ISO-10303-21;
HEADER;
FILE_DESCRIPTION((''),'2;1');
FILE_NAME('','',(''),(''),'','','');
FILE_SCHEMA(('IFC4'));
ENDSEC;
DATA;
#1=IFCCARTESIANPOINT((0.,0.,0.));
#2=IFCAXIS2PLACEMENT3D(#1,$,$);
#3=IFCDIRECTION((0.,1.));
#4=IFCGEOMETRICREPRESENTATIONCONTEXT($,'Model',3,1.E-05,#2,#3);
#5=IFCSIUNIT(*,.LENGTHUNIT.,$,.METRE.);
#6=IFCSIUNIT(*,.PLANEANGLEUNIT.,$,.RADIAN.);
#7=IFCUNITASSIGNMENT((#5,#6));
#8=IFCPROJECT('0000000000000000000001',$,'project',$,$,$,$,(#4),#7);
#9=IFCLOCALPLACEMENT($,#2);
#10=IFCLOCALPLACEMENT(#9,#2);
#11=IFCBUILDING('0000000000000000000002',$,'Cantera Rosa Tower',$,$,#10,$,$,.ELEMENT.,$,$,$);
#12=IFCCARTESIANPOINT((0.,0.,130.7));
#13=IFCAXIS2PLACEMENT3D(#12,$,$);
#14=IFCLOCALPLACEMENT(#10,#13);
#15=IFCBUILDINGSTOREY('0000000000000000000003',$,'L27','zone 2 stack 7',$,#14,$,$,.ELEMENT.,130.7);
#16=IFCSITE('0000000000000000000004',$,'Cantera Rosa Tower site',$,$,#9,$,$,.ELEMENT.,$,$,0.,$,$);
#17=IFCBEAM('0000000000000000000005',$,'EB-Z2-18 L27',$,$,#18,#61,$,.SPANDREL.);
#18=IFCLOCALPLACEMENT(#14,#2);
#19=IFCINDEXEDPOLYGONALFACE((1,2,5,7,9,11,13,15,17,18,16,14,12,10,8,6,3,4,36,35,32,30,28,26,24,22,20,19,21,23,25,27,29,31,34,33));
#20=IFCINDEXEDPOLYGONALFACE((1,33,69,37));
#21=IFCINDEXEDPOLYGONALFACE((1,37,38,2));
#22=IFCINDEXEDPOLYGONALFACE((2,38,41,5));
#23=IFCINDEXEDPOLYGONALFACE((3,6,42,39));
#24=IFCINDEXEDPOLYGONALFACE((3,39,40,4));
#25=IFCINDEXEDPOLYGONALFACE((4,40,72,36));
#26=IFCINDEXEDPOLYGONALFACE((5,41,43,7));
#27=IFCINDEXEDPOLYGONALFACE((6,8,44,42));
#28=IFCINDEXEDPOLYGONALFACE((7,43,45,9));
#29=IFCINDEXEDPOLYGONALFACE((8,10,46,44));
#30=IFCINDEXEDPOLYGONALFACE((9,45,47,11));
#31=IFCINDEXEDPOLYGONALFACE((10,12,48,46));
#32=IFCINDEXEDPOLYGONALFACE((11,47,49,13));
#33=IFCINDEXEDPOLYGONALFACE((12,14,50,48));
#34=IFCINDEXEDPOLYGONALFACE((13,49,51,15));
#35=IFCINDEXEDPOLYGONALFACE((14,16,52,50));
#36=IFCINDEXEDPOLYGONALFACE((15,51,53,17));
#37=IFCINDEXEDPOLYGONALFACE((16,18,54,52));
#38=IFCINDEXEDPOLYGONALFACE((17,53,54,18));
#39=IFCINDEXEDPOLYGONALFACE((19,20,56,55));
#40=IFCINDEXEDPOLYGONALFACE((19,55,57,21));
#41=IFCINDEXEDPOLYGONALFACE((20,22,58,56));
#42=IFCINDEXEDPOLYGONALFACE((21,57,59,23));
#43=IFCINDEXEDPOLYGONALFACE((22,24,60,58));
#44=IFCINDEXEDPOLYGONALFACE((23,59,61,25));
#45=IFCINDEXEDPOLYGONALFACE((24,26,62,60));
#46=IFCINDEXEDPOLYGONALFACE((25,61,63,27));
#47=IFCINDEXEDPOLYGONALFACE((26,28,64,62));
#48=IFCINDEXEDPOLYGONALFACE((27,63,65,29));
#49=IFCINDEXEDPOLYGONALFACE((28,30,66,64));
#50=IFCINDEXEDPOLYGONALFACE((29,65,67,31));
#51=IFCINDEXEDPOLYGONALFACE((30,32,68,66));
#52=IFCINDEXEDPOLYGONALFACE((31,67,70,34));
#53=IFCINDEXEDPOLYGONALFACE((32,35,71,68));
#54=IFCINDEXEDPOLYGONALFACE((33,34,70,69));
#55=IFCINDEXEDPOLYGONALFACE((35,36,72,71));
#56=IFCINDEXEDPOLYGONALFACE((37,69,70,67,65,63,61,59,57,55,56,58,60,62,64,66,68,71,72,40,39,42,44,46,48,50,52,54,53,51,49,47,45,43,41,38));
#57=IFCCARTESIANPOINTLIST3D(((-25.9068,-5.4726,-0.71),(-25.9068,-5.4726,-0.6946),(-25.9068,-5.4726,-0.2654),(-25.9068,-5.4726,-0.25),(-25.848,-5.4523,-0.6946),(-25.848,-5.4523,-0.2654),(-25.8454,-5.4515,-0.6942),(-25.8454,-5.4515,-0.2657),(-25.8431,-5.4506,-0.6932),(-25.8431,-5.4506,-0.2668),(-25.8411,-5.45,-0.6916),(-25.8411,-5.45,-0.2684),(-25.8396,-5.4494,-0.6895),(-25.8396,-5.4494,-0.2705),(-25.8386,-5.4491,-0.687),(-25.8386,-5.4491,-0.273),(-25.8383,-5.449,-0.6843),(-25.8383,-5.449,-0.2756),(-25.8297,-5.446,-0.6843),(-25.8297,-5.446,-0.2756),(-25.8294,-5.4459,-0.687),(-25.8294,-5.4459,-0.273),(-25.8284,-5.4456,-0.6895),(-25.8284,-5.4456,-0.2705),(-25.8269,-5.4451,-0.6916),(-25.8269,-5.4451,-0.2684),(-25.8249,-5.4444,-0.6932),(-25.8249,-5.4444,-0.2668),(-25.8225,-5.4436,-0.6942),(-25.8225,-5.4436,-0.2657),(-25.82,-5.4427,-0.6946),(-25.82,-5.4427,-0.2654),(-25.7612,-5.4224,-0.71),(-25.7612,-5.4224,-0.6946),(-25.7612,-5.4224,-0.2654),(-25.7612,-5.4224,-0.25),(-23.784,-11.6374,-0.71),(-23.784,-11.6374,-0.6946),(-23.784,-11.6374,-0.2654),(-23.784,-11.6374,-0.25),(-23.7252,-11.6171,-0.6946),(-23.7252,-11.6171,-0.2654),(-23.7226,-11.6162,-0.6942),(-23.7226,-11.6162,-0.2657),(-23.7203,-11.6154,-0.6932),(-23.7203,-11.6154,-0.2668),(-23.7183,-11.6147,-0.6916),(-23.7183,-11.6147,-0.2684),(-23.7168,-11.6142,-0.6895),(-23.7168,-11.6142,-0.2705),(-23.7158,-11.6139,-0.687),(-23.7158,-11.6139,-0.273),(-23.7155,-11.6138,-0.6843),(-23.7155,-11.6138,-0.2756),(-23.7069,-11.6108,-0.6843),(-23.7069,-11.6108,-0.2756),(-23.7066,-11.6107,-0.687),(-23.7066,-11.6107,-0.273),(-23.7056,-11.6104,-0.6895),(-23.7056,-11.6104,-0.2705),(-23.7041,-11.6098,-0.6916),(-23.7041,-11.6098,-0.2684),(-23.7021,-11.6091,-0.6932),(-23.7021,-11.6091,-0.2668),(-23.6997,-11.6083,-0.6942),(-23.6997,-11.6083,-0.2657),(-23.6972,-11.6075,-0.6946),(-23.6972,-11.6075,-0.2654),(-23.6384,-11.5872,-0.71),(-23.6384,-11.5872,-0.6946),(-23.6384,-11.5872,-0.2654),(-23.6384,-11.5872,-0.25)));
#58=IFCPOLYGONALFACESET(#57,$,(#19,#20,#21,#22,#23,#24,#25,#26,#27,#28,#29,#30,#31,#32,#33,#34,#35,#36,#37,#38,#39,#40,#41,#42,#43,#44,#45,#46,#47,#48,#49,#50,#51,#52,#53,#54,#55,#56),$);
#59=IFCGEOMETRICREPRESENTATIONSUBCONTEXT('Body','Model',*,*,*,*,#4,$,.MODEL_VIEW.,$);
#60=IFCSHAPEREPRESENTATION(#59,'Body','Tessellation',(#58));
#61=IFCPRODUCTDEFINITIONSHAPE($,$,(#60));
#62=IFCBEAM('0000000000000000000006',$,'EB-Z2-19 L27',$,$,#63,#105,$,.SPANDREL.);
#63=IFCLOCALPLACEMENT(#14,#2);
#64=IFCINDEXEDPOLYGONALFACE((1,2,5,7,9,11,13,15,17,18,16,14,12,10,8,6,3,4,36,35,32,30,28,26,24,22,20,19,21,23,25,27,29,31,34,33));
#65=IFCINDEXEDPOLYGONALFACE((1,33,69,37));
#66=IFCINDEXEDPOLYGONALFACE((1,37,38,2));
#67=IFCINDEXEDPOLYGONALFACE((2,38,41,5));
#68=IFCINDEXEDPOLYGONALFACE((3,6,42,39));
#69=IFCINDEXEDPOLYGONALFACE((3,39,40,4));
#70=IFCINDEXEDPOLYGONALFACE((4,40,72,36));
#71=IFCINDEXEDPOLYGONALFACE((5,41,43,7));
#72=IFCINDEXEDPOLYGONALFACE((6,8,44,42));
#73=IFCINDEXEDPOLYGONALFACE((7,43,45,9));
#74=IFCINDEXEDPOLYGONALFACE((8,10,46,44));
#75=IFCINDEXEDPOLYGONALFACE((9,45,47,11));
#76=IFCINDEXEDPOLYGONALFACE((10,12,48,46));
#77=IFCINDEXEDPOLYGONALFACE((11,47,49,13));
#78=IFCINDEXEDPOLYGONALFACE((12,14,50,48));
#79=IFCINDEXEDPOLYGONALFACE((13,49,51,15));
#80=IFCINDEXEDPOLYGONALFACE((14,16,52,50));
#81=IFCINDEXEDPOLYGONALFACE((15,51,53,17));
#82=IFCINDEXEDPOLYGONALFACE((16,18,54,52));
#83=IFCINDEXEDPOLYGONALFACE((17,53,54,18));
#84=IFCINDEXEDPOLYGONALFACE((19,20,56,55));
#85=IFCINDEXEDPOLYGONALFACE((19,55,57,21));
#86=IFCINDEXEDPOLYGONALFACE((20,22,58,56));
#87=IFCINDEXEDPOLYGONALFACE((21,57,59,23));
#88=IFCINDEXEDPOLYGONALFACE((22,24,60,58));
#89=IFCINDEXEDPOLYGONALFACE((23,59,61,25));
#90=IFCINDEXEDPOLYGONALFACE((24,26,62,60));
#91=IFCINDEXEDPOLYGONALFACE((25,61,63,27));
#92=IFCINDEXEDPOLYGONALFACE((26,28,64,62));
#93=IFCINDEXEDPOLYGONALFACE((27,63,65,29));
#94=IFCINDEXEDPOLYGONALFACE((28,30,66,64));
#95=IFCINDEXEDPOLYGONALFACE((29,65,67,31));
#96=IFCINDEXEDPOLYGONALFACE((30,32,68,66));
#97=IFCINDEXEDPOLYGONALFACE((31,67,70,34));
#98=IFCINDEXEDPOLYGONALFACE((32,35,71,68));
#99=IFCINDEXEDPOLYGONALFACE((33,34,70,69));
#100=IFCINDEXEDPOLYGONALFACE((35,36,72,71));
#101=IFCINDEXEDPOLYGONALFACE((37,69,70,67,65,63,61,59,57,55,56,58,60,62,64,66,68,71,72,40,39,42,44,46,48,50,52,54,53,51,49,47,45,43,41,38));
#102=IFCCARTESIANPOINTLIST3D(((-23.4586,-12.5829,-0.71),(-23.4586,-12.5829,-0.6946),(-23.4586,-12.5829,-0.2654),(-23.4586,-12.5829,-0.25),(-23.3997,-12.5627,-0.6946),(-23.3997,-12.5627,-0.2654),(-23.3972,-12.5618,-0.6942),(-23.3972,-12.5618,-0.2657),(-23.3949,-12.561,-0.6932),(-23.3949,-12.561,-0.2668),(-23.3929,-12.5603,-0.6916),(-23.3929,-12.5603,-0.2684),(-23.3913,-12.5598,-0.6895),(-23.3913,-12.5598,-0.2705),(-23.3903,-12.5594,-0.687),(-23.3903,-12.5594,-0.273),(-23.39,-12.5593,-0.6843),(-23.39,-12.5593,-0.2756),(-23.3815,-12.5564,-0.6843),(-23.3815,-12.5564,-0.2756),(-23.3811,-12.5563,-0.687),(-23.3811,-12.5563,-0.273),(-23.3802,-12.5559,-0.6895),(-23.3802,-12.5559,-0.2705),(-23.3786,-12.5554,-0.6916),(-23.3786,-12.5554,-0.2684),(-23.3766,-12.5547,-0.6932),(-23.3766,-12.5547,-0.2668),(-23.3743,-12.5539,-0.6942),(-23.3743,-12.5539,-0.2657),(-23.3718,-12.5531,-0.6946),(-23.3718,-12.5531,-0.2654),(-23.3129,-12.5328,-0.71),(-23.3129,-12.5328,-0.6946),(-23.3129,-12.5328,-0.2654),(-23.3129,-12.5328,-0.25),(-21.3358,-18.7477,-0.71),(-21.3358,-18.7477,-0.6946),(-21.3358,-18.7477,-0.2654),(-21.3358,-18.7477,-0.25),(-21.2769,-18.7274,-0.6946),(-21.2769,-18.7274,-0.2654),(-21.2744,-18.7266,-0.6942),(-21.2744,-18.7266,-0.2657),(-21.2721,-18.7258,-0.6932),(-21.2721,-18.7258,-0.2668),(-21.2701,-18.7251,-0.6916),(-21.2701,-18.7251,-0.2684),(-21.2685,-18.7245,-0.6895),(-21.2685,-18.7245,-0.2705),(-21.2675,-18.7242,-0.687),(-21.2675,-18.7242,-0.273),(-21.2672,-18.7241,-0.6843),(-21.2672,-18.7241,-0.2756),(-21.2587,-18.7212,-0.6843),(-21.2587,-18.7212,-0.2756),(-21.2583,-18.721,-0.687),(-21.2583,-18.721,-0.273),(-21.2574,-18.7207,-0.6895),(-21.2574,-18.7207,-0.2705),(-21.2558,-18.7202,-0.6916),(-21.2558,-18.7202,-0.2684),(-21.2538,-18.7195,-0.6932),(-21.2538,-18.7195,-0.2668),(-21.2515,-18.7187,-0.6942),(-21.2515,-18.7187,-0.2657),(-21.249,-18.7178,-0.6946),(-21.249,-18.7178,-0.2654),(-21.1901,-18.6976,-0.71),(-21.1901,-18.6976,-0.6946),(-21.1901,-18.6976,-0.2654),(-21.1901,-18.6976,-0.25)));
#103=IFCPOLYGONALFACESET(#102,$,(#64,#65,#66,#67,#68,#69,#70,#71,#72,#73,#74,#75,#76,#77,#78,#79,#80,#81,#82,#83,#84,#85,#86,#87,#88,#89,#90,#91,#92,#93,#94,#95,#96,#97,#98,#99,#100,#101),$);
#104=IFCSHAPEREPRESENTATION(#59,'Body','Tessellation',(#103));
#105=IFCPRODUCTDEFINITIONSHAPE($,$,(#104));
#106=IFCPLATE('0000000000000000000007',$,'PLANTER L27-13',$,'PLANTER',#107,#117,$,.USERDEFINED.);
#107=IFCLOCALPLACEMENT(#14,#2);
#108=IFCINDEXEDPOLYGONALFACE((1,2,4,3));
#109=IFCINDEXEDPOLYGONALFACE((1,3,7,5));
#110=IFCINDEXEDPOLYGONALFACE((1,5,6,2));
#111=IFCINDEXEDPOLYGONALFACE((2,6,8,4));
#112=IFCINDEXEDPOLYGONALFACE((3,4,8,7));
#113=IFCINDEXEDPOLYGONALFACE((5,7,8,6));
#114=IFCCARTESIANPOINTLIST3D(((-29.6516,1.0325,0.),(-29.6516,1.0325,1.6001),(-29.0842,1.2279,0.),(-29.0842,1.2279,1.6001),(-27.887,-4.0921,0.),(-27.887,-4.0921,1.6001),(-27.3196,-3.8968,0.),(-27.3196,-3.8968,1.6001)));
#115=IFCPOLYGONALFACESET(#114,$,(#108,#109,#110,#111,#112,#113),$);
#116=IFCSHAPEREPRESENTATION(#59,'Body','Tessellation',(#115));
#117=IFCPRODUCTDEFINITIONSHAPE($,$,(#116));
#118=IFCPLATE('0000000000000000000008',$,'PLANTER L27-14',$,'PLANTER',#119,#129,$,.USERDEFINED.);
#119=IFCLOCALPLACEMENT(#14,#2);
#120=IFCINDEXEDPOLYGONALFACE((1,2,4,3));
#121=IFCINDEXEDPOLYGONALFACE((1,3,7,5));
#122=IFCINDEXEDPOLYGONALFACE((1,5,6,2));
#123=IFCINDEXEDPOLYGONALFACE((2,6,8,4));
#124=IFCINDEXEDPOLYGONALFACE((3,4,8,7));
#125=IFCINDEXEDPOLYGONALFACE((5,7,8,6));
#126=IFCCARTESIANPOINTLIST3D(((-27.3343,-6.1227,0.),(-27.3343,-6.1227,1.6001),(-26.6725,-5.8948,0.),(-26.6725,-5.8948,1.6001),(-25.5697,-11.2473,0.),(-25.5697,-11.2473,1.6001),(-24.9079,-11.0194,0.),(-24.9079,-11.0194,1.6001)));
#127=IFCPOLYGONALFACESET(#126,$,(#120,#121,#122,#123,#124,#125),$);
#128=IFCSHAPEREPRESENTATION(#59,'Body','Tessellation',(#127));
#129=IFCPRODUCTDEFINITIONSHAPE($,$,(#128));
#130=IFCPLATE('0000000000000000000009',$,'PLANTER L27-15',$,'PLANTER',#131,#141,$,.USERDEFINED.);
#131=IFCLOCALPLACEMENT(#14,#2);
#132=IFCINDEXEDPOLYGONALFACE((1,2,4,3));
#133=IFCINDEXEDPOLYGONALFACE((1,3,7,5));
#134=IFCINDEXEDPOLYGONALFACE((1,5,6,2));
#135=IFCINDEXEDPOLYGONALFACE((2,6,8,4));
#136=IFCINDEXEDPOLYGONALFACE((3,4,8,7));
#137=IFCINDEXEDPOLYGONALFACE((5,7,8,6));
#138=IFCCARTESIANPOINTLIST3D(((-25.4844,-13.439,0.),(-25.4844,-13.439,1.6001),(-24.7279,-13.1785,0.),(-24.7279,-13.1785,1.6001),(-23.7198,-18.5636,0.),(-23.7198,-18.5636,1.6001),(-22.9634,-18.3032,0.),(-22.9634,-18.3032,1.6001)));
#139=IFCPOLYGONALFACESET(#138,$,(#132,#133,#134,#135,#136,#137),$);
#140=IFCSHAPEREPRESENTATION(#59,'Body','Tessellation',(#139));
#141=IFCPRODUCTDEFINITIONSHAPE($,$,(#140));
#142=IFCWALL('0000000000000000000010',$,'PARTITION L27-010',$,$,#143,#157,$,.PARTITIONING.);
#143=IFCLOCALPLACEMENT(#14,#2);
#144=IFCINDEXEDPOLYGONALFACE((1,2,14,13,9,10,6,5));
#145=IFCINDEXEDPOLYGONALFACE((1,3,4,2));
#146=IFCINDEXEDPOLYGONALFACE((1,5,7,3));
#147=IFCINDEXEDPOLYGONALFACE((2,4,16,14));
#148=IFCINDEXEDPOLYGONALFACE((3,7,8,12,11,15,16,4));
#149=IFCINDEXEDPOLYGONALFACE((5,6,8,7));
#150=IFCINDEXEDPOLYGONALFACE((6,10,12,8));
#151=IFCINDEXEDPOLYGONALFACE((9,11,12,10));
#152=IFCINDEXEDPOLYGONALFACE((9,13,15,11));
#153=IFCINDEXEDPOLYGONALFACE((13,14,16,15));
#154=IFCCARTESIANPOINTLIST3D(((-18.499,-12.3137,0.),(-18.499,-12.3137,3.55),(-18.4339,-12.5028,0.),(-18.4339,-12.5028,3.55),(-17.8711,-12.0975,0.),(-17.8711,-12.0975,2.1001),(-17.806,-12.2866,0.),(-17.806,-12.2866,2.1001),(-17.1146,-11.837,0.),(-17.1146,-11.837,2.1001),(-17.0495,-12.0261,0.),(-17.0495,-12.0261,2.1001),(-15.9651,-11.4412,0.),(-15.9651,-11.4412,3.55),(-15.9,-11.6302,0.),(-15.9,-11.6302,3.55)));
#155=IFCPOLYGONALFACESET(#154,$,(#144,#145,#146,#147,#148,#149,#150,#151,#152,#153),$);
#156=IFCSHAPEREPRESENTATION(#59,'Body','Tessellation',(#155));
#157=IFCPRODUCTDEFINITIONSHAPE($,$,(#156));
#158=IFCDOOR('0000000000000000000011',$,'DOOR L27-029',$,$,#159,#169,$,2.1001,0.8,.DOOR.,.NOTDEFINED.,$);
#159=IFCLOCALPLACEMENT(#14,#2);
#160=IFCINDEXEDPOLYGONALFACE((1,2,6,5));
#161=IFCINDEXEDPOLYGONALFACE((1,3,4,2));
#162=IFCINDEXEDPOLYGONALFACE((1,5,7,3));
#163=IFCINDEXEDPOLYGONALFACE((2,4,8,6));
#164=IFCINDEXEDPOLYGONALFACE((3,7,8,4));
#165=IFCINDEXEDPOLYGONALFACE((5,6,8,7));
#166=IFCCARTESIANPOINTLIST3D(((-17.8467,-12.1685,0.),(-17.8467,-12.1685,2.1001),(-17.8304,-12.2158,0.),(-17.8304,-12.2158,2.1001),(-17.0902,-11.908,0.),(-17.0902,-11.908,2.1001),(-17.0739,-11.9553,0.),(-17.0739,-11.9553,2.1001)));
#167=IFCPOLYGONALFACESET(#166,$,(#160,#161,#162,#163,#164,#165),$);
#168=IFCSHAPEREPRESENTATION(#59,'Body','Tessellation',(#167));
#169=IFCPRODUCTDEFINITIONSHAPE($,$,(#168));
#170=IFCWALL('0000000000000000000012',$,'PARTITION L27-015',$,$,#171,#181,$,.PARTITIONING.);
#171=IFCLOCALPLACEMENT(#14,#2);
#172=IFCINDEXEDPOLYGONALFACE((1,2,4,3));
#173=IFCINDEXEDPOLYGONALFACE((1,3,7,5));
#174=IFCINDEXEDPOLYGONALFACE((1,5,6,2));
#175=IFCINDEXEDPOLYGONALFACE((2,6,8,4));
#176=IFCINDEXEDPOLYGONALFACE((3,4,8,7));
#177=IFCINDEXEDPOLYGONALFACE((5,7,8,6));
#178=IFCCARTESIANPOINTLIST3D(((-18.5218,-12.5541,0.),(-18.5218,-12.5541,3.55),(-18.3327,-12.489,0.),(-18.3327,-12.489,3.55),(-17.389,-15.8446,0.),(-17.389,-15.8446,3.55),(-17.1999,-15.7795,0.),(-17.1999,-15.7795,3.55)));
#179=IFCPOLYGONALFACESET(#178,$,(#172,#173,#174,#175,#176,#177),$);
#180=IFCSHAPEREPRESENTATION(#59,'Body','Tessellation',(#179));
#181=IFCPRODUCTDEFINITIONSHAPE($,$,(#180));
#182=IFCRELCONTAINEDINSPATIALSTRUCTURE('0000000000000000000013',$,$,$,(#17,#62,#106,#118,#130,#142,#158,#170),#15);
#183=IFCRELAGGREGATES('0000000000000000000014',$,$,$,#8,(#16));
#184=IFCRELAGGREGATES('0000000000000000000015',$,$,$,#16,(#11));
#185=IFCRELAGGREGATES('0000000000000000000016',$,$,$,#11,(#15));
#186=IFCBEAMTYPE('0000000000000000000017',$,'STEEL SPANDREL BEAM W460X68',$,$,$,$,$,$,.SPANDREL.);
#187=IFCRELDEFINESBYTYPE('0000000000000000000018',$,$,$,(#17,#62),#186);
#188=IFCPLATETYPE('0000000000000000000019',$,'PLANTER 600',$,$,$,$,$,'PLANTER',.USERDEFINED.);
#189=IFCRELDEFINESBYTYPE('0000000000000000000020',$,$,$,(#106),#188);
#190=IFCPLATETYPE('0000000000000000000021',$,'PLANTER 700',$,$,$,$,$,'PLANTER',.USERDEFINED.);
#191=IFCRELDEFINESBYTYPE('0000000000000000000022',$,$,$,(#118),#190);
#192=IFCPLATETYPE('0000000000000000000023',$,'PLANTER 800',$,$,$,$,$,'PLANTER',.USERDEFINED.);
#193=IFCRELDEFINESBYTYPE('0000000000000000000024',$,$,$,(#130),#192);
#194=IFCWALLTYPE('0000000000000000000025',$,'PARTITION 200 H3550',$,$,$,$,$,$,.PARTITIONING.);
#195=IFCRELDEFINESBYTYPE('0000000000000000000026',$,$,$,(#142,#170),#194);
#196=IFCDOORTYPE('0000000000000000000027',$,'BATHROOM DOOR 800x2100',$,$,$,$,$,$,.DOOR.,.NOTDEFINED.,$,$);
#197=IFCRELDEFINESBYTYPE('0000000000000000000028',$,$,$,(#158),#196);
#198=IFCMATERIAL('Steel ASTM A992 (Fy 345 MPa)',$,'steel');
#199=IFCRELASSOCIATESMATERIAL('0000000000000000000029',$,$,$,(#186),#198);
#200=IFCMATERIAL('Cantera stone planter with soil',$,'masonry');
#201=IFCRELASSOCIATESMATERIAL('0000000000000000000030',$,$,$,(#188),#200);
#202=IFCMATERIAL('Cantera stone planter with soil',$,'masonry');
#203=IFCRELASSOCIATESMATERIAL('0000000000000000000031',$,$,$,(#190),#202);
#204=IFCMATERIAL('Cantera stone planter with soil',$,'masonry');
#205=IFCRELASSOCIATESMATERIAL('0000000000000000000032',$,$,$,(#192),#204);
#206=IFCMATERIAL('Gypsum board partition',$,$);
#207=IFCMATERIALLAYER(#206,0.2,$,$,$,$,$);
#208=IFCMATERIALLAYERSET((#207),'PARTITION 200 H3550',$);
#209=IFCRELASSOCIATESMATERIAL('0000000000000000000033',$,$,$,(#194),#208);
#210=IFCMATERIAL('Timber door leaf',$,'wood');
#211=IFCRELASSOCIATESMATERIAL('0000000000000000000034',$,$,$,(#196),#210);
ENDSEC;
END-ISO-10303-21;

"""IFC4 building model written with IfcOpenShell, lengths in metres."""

from ifc_helpers import new_model, si_unit, direction, frame, frame_2d, origin, origin_2d, place, context, subcontext, project, spatial, rectangle, i_section, extrude, material, layer, layer_set, material_profile, profile_set, type_object, element, fill, save


model = new_model("IFC4")

# Units and contexts
model_context = context("Model", 3, precision=1e-05, world=origin(), true_north=direction((0.0, 1.0)))
body_context = subcontext(model_context, "Body", "Model", "MODEL_VIEW")
ifc_project = project(units=[si_unit("LENGTHUNIT", "METRE"), si_unit("PLANEANGLEUNIT", "RADIAN")], contexts=[model_context])

# Site, building, storey
site_placement = place(None, origin())
site = spatial("IfcSite", under=ifc_project, at=site_placement, Name="Cantera Rosa Tower site", CompositionType="ELEMENT", RefElevation=0.0)
building_placement = place(site_placement, origin())
building = spatial("IfcBuilding", under=site, at=building_placement, Name="Cantera Rosa Tower", CompositionType="ELEMENT")
storey_placement = place(building_placement, frame((0.0, 0.0, 130.7)))
storey = spatial("IfcBuildingStorey", under=building, at=storey_placement, Name="L27", Description="zone 2 stack 7", CompositionType="ELEMENT", Elevation=130.7)

# Beams
ifc_material_1 = material(Name="Steel ASTM A992 (Fy 345 MPa)", Category="steel")
ifc_material_profile_1 = material_profile(ifc_material_1, i_section(OverallWidth=0.1541, OverallDepth=0.46, WebThickness=0.009, FlangeThickness=0.0154, FilletRadius=0.0103, at=origin_2d()), Name="W460X68")
ifc_profile_set_1 = profile_set([ifc_material_profile_1], Name="Steel ASTM A992 (Fy 345 MPa)")
beam_type_1 = type_object("IfcBeamType", Name="STEEL SPANDREL BEAM W460X68", PredefinedType="SPANDREL", material=ifc_profile_set_1)
for number, where, z_axis, x_axis, name in (
    (1, (-25.834, -5.4475, -0.48), (0.325581, -0.945514, 0.0), (0.945514, 0.325581, 0.0), "EB-Z2-18 L27"),
    (2, (-23.3857, -12.5579, -0.48), (0.325581, -0.945514, 0.0), (0.945514, 0.325581, 0.0), "EB-Z2-19 L27"),
):
    element("IfcBeam", number, at=place(storey_placement, frame(where, z_axis=z_axis, x_axis=x_axis)), inside=storey, type_object=beam_type_1, Name=name, PredefinedType="SPANDREL", context=body_context, shape_type="SweptSolid", body=[
        extrude(i_section(OverallWidth=0.1541, OverallDepth=0.46, WebThickness=0.009, FlangeThickness=0.0154, FilletRadius=0.0103, at=origin_2d()), origin(), (0.0, 0.0, 1.0), 6.52),
    ])

# Plates
ifc_material_2 = material(Name="Cantera stone planter with soil", Category="masonry")
plate_type_1 = type_object("IfcPlateType", Name="PLANTER 600", ElementType="PLANTER", PredefinedType="USERDEFINED", material=ifc_material_2)
plate_1_placement = place(storey_placement, frame((-28.4856, -1.4321, 0.0), z_axis=(0.0, 0.0, 1.0), x_axis=(0.325568, -0.945519, 0.0)))
element("IfcPlate", 3, at=plate_1_placement, inside=storey, type_object=plate_type_1, Name="PLANTER L27-13", ObjectType="PLANTER", PredefinedType="USERDEFINED", context=body_context, shape_type="SweptSolid", body=[
    extrude(rectangle(XDim=5.4199, YDim=0.6001, at=origin_2d()), origin(), (0.0, 0.0, 1.0), 1.6001),
])
ifc_material_3 = material(Name="Cantera stone planter with soil", Category="masonry")
plate_type_2 = type_object("IfcPlateType", Name="PLANTER 700", ElementType="PLANTER", PredefinedType="USERDEFINED", material=ifc_material_3)
plate_2_placement = place(storey_placement, frame((-26.1211, -8.571, 0.0), z_axis=(0.0, 0.0, 1.0), x_axis=(0.325568, -0.945519, 0.0)))
element("IfcPlate", 4, at=plate_2_placement, inside=storey, type_object=plate_type_2, Name="PLANTER L27-14", ObjectType="PLANTER", PredefinedType="USERDEFINED", context=body_context, shape_type="SweptSolid", body=[
    extrude(rectangle(XDim=5.4199, YDim=0.7, at=origin_2d()), origin(), (0.0, 0.0, 1.0), 1.6001),
])
ifc_material_4 = material(Name="Cantera stone planter with soil", Category="masonry")
plate_type_3 = type_object("IfcPlateType", Name="PLANTER 800", ElementType="PLANTER", PredefinedType="USERDEFINED", material=ifc_material_4)
plate_3_placement = place(storey_placement, frame((-24.2239, -15.8711, 0.0), z_axis=(0.0, 0.0, 1.0), x_axis=(0.325568, -0.945519, 0.0)))
element("IfcPlate", 5, at=plate_3_placement, inside=storey, type_object=plate_type_3, Name="PLANTER L27-15", ObjectType="PLANTER", PredefinedType="USERDEFINED", context=body_context, shape_type="SweptSolid", body=[
    extrude(rectangle(XDim=5.4199, YDim=0.8, at=origin_2d()), origin(), (0.0, 0.0, 1.0), 1.6001),
])

# Wall, opening, door
ifc_material_5 = material(Name="Gypsum board partition")
ifc_layer_1 = layer(ifc_material_5, 0.2)
ifc_layer_set_1 = layer_set([ifc_layer_1], Name="PARTITION 200 H3550")
wall_type_1 = type_object("IfcWallType", Name="PARTITION 200 H3550", PredefinedType="PARTITIONING", material=ifc_layer_set_1)
wall_1_placement = place(storey_placement, frame((-18.4663, -12.4082, 0.0), z_axis=(0.0, 0.0, 1.0), x_axis=(0.945512, 0.325586, 0.0)))
wall_1 = element("IfcWall", 6, at=wall_1_placement, inside=storey, type_object=wall_type_1, Name="PARTITION L27-010", PredefinedType="PARTITIONING", context=body_context, shape_type="SweptSolid", body=[
    extrude(rectangle(XDim=2.6799, YDim=0.2, at=frame_2d((1.3398, 0.0))), origin(), (0.0, 0.0, 1.0), 3.55),
])
opening_1_placement = place(wall_1_placement, frame((0.6641, 0.0, 0.0)))
opening_1 = element("IfcOpeningElement", 7, at=opening_1_placement, cuts=wall_1, PredefinedType="OPENING", context=body_context, shape_type="SweptSolid", body=[
    extrude(rectangle(XDim=0.8, YDim=2.1001, at=frame_2d((0.3999, 1.05))), frame((0.0, 0.1099, 0.0), z_axis=(0.0, -1.0, 0.0), x_axis=(1.0, 0.0, 0.0)), (0.0, 0.0, 1.0), 0.22),
])
ifc_material_6 = material(Name="Timber door leaf", Category="wood")
door_type_1 = type_object("IfcDoorType", Name="BATHROOM DOOR 800x2100", OperationType="NOTDEFINED", PredefinedType="DOOR", material=ifc_material_6)
door_1_placement = place(opening_1_placement, origin())
door_1 = element("IfcDoor", 8, at=door_1_placement, inside=storey, type_object=door_type_1, Name="DOOR L27-029", OperationType="NOTDEFINED", OverallHeight=2.1001, OverallWidth=0.8, PredefinedType="DOOR", context=body_context, shape_type="SweptSolid", body=[
    extrude(rectangle(XDim=0.8, YDim=2.1001, at=frame_2d((0.3999, 1.05))), frame((0.0, 0.0249, 0.0), z_axis=(0.0, -1.0, 0.0), x_axis=(1.0, 0.0, 0.0)), (0.0, 0.0, 1.0), 0.05),
])
fill(opening_1, door_1)

# Wall
wall_2_placement = place(storey_placement, frame((-17.2944, -15.812, 0.0), z_axis=(0.0, 0.0, 1.0), x_axis=(-0.325515, 0.945537, 0.0)))
element("IfcWall", 9, at=wall_2_placement, inside=storey, type_object=wall_type_1, Name="PARTITION L27-015", PredefinedType="PARTITIONING", context=body_context, shape_type="SweptSolid", body=[
    extrude(rectangle(XDim=3.48, YDim=0.2, at=frame_2d((1.74, 0.0))), origin(), (0.0, 0.0, 1.0), 3.55),
])

save(model, "model.ifc")
